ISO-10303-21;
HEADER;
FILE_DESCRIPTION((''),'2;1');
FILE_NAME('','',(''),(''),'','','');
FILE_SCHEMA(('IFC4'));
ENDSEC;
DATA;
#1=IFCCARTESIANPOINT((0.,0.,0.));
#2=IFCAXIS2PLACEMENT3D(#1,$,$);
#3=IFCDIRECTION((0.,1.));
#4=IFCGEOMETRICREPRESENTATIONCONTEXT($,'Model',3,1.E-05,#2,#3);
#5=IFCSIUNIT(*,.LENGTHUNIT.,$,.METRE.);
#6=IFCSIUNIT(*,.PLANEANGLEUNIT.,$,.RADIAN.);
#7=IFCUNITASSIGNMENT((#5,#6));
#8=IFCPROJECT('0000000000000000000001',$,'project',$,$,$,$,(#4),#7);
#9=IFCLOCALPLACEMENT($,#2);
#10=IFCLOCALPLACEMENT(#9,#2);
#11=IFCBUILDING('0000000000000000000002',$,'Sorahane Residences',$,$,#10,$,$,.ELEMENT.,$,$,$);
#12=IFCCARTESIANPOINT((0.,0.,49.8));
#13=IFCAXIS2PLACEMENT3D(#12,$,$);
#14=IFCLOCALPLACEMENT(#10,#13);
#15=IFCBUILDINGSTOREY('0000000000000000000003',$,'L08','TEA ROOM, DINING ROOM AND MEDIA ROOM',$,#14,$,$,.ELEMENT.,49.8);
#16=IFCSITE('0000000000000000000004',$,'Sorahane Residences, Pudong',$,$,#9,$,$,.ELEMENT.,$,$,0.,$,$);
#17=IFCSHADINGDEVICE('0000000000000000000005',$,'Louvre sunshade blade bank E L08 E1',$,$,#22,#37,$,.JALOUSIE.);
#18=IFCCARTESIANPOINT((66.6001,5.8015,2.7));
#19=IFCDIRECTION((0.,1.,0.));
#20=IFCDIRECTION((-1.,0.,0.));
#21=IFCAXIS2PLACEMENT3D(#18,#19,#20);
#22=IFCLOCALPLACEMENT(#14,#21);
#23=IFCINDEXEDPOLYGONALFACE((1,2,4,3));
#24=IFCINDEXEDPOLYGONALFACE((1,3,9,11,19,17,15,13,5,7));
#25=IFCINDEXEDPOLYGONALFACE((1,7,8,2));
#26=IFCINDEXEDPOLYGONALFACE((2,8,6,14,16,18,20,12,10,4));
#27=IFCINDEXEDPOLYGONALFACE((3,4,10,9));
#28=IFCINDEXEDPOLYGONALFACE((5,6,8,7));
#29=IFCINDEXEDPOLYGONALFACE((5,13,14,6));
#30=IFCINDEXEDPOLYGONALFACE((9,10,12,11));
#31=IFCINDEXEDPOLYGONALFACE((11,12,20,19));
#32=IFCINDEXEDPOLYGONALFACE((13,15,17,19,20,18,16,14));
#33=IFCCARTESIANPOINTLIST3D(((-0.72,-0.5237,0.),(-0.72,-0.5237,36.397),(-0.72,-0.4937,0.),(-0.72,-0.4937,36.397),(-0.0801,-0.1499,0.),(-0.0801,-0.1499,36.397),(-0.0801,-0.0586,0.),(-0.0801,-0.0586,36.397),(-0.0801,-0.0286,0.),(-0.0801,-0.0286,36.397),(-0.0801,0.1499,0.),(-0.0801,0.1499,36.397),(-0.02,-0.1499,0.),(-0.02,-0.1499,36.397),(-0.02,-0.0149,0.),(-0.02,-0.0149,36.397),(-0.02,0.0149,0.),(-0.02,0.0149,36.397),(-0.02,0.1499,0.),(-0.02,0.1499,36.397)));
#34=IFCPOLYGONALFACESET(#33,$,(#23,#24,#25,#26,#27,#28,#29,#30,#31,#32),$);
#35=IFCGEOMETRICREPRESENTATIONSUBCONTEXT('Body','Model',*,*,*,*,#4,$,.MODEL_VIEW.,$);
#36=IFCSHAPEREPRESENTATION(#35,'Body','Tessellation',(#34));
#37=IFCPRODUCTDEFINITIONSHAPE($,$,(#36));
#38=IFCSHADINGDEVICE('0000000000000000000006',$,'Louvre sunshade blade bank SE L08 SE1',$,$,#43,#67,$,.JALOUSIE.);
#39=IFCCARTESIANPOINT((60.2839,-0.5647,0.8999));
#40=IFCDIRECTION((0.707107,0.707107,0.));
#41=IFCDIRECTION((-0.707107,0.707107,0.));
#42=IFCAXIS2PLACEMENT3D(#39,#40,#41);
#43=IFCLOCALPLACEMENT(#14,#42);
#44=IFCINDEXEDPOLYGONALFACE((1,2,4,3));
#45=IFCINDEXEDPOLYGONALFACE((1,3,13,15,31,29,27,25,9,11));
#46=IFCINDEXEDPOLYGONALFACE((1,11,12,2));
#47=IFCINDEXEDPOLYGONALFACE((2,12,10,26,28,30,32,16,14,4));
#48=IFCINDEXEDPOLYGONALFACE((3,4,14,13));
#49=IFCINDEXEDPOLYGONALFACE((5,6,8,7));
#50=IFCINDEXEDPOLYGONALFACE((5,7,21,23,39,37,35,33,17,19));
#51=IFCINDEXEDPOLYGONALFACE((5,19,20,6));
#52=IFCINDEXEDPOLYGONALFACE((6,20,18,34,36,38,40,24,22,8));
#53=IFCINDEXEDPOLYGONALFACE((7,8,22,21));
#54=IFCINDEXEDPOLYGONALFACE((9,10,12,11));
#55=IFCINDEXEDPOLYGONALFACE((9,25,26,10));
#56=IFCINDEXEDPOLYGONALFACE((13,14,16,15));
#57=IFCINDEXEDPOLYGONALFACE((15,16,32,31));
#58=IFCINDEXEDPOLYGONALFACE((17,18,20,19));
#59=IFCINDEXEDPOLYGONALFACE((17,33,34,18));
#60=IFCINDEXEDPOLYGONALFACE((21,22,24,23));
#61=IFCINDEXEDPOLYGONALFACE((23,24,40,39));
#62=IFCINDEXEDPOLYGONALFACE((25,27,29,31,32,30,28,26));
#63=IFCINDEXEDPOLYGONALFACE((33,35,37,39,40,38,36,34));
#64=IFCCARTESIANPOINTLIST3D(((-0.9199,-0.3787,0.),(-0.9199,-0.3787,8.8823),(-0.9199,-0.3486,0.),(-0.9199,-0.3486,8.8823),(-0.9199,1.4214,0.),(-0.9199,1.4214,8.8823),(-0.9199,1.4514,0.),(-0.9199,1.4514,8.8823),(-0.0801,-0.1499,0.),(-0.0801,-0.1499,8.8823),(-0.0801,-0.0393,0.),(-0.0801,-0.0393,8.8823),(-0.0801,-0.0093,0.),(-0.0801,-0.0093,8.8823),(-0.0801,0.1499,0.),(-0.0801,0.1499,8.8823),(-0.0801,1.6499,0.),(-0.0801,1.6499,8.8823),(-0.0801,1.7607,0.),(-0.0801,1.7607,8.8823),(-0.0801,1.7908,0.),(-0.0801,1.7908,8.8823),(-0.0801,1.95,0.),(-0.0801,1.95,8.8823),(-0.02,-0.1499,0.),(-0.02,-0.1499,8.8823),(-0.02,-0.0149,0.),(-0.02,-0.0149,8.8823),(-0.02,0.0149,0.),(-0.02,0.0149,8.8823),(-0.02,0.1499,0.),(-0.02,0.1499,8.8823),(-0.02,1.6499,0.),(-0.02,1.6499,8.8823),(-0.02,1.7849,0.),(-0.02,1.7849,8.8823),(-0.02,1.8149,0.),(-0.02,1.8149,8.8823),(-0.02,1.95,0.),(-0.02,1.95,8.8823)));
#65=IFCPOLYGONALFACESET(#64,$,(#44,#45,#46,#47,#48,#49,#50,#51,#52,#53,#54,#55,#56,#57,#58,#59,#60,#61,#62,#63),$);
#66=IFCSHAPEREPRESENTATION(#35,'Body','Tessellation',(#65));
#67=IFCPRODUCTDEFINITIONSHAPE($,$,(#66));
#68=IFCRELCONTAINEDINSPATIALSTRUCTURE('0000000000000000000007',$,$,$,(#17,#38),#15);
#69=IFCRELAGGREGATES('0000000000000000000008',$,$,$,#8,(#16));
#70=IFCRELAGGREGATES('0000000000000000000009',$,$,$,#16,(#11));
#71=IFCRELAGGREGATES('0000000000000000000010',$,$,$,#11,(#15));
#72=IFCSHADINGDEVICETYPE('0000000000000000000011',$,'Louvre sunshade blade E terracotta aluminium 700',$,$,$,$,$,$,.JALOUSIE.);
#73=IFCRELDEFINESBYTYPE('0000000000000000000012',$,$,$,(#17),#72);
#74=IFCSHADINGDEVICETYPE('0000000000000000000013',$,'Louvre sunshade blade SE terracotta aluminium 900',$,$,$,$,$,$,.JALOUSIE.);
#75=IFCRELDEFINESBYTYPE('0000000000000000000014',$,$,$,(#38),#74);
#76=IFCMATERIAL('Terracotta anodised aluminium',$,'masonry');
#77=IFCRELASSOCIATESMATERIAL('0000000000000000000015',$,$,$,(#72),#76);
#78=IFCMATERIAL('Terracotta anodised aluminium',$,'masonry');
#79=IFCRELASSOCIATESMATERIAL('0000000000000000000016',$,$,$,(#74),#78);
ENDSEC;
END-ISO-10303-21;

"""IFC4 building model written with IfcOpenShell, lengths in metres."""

from ifc_helpers import new_model, si_unit, direction, frame, origin, place, context, subcontext, project, spatial, polyline, outline, composite_profile, extrude, material, type_object, element, save


model = new_model("IFC4")

# Units and contexts
model_context = context("Model", 3, precision=1e-05, world=origin(), true_north=direction((0.0, 1.0)))
body_context = subcontext(model_context, "Body", "Model", "MODEL_VIEW")
ifc_project = project(units=[si_unit("LENGTHUNIT", "METRE"), si_unit("PLANEANGLEUNIT", "RADIAN")], contexts=[model_context])

# Site, building, storey
site_placement = place(None, origin())
site = spatial("IfcSite", under=ifc_project, at=site_placement, Name="Sorahane Residences, Pudong", CompositionType="ELEMENT", RefElevation=0.0)
building_placement = place(site_placement, origin())
building = spatial("IfcBuilding", under=site, at=building_placement, Name="Sorahane Residences", CompositionType="ELEMENT")
storey_placement = place(building_placement, frame((0.0, 0.0, 49.8)))
storey = spatial("IfcBuildingStorey", under=building, at=storey_placement, Name="L08", Description="TEA ROOM, DINING ROOM AND MEDIA ROOM", CompositionType="ELEMENT", Elevation=49.8)

# Shading devices
ifc_material_1 = material(Name="Terracotta anodised aluminium", Category="masonry")
shading_device_type_1 = type_object("IfcShadingDeviceType", Name="Louvre sunshade blade E terracotta aluminium 700", PredefinedType="JALOUSIE", material=ifc_material_1)
shading_device_1_placement = place(storey_placement, frame((66.6001, 5.8015, 2.7), z_axis=(0.0, 1.0, 0.0), x_axis=(-1.0, 0.0, 0.0)))
element("IfcShadingDevice", 1, at=shading_device_1_placement, inside=storey, type_object=shading_device_type_1, Name="Louvre sunshade blade bank E L08 E1", PredefinedType="JALOUSIE", context=body_context, shape_type="SweptSolid", body=[
    extrude(outline(polyline([(-0.72, -0.4937), (-0.72, -0.5237), (-0.0801, -0.0586), (-0.0801, -0.1499), (-0.02, -0.1499), (-0.02, -0.0149), (-0.02, 0.0149), (-0.02, 0.1499), (-0.0801, 0.1499), (-0.0801, -0.0286), (-0.72, -0.4937)])), origin(), (0.0, 0.0, 1.0), 36.397),
])
ifc_material_2 = material(Name="Terracotta anodised aluminium", Category="masonry")
shading_device_type_2 = type_object("IfcShadingDeviceType", Name="Louvre sunshade blade SE terracotta aluminium 900", PredefinedType="JALOUSIE", material=ifc_material_2)
shading_device_2_placement = place(storey_placement, frame((60.2839, -0.5647, 0.8999), z_axis=(0.707107, 0.707107, 0.0), x_axis=(-0.707107, 0.707107, 0.0)))
element("IfcShadingDevice", 2, at=shading_device_2_placement, inside=storey, type_object=shading_device_type_2, Name="Louvre sunshade blade bank SE L08 SE1", PredefinedType="JALOUSIE", context=body_context, shape_type="SweptSolid", body=[
    extrude(composite_profile([outline(polyline([(-0.9199, -0.3486), (-0.9199, -0.3787), (-0.0801, -0.0393), (-0.0801, -0.1499), (-0.02, -0.1499), (-0.02, -0.0149), (-0.02, 0.0149), (-0.02, 0.1499), (-0.0801, 0.1499), (-0.0801, -0.0093), (-0.9199, -0.3486)])), outline(polyline([(-0.9199, 1.4514), (-0.9199, 1.4214), (-0.0801, 1.7607), (-0.0801, 1.6499), (-0.02, 1.6499), (-0.02, 1.7849), (-0.02, 1.8149), (-0.02, 1.95), (-0.0801, 1.95), (-0.0801, 1.7908), (-0.9199, 1.4514)]))]), origin(), (0.0, 0.0, 1.0), 8.8823),
])

save(model, "model.ifc")
